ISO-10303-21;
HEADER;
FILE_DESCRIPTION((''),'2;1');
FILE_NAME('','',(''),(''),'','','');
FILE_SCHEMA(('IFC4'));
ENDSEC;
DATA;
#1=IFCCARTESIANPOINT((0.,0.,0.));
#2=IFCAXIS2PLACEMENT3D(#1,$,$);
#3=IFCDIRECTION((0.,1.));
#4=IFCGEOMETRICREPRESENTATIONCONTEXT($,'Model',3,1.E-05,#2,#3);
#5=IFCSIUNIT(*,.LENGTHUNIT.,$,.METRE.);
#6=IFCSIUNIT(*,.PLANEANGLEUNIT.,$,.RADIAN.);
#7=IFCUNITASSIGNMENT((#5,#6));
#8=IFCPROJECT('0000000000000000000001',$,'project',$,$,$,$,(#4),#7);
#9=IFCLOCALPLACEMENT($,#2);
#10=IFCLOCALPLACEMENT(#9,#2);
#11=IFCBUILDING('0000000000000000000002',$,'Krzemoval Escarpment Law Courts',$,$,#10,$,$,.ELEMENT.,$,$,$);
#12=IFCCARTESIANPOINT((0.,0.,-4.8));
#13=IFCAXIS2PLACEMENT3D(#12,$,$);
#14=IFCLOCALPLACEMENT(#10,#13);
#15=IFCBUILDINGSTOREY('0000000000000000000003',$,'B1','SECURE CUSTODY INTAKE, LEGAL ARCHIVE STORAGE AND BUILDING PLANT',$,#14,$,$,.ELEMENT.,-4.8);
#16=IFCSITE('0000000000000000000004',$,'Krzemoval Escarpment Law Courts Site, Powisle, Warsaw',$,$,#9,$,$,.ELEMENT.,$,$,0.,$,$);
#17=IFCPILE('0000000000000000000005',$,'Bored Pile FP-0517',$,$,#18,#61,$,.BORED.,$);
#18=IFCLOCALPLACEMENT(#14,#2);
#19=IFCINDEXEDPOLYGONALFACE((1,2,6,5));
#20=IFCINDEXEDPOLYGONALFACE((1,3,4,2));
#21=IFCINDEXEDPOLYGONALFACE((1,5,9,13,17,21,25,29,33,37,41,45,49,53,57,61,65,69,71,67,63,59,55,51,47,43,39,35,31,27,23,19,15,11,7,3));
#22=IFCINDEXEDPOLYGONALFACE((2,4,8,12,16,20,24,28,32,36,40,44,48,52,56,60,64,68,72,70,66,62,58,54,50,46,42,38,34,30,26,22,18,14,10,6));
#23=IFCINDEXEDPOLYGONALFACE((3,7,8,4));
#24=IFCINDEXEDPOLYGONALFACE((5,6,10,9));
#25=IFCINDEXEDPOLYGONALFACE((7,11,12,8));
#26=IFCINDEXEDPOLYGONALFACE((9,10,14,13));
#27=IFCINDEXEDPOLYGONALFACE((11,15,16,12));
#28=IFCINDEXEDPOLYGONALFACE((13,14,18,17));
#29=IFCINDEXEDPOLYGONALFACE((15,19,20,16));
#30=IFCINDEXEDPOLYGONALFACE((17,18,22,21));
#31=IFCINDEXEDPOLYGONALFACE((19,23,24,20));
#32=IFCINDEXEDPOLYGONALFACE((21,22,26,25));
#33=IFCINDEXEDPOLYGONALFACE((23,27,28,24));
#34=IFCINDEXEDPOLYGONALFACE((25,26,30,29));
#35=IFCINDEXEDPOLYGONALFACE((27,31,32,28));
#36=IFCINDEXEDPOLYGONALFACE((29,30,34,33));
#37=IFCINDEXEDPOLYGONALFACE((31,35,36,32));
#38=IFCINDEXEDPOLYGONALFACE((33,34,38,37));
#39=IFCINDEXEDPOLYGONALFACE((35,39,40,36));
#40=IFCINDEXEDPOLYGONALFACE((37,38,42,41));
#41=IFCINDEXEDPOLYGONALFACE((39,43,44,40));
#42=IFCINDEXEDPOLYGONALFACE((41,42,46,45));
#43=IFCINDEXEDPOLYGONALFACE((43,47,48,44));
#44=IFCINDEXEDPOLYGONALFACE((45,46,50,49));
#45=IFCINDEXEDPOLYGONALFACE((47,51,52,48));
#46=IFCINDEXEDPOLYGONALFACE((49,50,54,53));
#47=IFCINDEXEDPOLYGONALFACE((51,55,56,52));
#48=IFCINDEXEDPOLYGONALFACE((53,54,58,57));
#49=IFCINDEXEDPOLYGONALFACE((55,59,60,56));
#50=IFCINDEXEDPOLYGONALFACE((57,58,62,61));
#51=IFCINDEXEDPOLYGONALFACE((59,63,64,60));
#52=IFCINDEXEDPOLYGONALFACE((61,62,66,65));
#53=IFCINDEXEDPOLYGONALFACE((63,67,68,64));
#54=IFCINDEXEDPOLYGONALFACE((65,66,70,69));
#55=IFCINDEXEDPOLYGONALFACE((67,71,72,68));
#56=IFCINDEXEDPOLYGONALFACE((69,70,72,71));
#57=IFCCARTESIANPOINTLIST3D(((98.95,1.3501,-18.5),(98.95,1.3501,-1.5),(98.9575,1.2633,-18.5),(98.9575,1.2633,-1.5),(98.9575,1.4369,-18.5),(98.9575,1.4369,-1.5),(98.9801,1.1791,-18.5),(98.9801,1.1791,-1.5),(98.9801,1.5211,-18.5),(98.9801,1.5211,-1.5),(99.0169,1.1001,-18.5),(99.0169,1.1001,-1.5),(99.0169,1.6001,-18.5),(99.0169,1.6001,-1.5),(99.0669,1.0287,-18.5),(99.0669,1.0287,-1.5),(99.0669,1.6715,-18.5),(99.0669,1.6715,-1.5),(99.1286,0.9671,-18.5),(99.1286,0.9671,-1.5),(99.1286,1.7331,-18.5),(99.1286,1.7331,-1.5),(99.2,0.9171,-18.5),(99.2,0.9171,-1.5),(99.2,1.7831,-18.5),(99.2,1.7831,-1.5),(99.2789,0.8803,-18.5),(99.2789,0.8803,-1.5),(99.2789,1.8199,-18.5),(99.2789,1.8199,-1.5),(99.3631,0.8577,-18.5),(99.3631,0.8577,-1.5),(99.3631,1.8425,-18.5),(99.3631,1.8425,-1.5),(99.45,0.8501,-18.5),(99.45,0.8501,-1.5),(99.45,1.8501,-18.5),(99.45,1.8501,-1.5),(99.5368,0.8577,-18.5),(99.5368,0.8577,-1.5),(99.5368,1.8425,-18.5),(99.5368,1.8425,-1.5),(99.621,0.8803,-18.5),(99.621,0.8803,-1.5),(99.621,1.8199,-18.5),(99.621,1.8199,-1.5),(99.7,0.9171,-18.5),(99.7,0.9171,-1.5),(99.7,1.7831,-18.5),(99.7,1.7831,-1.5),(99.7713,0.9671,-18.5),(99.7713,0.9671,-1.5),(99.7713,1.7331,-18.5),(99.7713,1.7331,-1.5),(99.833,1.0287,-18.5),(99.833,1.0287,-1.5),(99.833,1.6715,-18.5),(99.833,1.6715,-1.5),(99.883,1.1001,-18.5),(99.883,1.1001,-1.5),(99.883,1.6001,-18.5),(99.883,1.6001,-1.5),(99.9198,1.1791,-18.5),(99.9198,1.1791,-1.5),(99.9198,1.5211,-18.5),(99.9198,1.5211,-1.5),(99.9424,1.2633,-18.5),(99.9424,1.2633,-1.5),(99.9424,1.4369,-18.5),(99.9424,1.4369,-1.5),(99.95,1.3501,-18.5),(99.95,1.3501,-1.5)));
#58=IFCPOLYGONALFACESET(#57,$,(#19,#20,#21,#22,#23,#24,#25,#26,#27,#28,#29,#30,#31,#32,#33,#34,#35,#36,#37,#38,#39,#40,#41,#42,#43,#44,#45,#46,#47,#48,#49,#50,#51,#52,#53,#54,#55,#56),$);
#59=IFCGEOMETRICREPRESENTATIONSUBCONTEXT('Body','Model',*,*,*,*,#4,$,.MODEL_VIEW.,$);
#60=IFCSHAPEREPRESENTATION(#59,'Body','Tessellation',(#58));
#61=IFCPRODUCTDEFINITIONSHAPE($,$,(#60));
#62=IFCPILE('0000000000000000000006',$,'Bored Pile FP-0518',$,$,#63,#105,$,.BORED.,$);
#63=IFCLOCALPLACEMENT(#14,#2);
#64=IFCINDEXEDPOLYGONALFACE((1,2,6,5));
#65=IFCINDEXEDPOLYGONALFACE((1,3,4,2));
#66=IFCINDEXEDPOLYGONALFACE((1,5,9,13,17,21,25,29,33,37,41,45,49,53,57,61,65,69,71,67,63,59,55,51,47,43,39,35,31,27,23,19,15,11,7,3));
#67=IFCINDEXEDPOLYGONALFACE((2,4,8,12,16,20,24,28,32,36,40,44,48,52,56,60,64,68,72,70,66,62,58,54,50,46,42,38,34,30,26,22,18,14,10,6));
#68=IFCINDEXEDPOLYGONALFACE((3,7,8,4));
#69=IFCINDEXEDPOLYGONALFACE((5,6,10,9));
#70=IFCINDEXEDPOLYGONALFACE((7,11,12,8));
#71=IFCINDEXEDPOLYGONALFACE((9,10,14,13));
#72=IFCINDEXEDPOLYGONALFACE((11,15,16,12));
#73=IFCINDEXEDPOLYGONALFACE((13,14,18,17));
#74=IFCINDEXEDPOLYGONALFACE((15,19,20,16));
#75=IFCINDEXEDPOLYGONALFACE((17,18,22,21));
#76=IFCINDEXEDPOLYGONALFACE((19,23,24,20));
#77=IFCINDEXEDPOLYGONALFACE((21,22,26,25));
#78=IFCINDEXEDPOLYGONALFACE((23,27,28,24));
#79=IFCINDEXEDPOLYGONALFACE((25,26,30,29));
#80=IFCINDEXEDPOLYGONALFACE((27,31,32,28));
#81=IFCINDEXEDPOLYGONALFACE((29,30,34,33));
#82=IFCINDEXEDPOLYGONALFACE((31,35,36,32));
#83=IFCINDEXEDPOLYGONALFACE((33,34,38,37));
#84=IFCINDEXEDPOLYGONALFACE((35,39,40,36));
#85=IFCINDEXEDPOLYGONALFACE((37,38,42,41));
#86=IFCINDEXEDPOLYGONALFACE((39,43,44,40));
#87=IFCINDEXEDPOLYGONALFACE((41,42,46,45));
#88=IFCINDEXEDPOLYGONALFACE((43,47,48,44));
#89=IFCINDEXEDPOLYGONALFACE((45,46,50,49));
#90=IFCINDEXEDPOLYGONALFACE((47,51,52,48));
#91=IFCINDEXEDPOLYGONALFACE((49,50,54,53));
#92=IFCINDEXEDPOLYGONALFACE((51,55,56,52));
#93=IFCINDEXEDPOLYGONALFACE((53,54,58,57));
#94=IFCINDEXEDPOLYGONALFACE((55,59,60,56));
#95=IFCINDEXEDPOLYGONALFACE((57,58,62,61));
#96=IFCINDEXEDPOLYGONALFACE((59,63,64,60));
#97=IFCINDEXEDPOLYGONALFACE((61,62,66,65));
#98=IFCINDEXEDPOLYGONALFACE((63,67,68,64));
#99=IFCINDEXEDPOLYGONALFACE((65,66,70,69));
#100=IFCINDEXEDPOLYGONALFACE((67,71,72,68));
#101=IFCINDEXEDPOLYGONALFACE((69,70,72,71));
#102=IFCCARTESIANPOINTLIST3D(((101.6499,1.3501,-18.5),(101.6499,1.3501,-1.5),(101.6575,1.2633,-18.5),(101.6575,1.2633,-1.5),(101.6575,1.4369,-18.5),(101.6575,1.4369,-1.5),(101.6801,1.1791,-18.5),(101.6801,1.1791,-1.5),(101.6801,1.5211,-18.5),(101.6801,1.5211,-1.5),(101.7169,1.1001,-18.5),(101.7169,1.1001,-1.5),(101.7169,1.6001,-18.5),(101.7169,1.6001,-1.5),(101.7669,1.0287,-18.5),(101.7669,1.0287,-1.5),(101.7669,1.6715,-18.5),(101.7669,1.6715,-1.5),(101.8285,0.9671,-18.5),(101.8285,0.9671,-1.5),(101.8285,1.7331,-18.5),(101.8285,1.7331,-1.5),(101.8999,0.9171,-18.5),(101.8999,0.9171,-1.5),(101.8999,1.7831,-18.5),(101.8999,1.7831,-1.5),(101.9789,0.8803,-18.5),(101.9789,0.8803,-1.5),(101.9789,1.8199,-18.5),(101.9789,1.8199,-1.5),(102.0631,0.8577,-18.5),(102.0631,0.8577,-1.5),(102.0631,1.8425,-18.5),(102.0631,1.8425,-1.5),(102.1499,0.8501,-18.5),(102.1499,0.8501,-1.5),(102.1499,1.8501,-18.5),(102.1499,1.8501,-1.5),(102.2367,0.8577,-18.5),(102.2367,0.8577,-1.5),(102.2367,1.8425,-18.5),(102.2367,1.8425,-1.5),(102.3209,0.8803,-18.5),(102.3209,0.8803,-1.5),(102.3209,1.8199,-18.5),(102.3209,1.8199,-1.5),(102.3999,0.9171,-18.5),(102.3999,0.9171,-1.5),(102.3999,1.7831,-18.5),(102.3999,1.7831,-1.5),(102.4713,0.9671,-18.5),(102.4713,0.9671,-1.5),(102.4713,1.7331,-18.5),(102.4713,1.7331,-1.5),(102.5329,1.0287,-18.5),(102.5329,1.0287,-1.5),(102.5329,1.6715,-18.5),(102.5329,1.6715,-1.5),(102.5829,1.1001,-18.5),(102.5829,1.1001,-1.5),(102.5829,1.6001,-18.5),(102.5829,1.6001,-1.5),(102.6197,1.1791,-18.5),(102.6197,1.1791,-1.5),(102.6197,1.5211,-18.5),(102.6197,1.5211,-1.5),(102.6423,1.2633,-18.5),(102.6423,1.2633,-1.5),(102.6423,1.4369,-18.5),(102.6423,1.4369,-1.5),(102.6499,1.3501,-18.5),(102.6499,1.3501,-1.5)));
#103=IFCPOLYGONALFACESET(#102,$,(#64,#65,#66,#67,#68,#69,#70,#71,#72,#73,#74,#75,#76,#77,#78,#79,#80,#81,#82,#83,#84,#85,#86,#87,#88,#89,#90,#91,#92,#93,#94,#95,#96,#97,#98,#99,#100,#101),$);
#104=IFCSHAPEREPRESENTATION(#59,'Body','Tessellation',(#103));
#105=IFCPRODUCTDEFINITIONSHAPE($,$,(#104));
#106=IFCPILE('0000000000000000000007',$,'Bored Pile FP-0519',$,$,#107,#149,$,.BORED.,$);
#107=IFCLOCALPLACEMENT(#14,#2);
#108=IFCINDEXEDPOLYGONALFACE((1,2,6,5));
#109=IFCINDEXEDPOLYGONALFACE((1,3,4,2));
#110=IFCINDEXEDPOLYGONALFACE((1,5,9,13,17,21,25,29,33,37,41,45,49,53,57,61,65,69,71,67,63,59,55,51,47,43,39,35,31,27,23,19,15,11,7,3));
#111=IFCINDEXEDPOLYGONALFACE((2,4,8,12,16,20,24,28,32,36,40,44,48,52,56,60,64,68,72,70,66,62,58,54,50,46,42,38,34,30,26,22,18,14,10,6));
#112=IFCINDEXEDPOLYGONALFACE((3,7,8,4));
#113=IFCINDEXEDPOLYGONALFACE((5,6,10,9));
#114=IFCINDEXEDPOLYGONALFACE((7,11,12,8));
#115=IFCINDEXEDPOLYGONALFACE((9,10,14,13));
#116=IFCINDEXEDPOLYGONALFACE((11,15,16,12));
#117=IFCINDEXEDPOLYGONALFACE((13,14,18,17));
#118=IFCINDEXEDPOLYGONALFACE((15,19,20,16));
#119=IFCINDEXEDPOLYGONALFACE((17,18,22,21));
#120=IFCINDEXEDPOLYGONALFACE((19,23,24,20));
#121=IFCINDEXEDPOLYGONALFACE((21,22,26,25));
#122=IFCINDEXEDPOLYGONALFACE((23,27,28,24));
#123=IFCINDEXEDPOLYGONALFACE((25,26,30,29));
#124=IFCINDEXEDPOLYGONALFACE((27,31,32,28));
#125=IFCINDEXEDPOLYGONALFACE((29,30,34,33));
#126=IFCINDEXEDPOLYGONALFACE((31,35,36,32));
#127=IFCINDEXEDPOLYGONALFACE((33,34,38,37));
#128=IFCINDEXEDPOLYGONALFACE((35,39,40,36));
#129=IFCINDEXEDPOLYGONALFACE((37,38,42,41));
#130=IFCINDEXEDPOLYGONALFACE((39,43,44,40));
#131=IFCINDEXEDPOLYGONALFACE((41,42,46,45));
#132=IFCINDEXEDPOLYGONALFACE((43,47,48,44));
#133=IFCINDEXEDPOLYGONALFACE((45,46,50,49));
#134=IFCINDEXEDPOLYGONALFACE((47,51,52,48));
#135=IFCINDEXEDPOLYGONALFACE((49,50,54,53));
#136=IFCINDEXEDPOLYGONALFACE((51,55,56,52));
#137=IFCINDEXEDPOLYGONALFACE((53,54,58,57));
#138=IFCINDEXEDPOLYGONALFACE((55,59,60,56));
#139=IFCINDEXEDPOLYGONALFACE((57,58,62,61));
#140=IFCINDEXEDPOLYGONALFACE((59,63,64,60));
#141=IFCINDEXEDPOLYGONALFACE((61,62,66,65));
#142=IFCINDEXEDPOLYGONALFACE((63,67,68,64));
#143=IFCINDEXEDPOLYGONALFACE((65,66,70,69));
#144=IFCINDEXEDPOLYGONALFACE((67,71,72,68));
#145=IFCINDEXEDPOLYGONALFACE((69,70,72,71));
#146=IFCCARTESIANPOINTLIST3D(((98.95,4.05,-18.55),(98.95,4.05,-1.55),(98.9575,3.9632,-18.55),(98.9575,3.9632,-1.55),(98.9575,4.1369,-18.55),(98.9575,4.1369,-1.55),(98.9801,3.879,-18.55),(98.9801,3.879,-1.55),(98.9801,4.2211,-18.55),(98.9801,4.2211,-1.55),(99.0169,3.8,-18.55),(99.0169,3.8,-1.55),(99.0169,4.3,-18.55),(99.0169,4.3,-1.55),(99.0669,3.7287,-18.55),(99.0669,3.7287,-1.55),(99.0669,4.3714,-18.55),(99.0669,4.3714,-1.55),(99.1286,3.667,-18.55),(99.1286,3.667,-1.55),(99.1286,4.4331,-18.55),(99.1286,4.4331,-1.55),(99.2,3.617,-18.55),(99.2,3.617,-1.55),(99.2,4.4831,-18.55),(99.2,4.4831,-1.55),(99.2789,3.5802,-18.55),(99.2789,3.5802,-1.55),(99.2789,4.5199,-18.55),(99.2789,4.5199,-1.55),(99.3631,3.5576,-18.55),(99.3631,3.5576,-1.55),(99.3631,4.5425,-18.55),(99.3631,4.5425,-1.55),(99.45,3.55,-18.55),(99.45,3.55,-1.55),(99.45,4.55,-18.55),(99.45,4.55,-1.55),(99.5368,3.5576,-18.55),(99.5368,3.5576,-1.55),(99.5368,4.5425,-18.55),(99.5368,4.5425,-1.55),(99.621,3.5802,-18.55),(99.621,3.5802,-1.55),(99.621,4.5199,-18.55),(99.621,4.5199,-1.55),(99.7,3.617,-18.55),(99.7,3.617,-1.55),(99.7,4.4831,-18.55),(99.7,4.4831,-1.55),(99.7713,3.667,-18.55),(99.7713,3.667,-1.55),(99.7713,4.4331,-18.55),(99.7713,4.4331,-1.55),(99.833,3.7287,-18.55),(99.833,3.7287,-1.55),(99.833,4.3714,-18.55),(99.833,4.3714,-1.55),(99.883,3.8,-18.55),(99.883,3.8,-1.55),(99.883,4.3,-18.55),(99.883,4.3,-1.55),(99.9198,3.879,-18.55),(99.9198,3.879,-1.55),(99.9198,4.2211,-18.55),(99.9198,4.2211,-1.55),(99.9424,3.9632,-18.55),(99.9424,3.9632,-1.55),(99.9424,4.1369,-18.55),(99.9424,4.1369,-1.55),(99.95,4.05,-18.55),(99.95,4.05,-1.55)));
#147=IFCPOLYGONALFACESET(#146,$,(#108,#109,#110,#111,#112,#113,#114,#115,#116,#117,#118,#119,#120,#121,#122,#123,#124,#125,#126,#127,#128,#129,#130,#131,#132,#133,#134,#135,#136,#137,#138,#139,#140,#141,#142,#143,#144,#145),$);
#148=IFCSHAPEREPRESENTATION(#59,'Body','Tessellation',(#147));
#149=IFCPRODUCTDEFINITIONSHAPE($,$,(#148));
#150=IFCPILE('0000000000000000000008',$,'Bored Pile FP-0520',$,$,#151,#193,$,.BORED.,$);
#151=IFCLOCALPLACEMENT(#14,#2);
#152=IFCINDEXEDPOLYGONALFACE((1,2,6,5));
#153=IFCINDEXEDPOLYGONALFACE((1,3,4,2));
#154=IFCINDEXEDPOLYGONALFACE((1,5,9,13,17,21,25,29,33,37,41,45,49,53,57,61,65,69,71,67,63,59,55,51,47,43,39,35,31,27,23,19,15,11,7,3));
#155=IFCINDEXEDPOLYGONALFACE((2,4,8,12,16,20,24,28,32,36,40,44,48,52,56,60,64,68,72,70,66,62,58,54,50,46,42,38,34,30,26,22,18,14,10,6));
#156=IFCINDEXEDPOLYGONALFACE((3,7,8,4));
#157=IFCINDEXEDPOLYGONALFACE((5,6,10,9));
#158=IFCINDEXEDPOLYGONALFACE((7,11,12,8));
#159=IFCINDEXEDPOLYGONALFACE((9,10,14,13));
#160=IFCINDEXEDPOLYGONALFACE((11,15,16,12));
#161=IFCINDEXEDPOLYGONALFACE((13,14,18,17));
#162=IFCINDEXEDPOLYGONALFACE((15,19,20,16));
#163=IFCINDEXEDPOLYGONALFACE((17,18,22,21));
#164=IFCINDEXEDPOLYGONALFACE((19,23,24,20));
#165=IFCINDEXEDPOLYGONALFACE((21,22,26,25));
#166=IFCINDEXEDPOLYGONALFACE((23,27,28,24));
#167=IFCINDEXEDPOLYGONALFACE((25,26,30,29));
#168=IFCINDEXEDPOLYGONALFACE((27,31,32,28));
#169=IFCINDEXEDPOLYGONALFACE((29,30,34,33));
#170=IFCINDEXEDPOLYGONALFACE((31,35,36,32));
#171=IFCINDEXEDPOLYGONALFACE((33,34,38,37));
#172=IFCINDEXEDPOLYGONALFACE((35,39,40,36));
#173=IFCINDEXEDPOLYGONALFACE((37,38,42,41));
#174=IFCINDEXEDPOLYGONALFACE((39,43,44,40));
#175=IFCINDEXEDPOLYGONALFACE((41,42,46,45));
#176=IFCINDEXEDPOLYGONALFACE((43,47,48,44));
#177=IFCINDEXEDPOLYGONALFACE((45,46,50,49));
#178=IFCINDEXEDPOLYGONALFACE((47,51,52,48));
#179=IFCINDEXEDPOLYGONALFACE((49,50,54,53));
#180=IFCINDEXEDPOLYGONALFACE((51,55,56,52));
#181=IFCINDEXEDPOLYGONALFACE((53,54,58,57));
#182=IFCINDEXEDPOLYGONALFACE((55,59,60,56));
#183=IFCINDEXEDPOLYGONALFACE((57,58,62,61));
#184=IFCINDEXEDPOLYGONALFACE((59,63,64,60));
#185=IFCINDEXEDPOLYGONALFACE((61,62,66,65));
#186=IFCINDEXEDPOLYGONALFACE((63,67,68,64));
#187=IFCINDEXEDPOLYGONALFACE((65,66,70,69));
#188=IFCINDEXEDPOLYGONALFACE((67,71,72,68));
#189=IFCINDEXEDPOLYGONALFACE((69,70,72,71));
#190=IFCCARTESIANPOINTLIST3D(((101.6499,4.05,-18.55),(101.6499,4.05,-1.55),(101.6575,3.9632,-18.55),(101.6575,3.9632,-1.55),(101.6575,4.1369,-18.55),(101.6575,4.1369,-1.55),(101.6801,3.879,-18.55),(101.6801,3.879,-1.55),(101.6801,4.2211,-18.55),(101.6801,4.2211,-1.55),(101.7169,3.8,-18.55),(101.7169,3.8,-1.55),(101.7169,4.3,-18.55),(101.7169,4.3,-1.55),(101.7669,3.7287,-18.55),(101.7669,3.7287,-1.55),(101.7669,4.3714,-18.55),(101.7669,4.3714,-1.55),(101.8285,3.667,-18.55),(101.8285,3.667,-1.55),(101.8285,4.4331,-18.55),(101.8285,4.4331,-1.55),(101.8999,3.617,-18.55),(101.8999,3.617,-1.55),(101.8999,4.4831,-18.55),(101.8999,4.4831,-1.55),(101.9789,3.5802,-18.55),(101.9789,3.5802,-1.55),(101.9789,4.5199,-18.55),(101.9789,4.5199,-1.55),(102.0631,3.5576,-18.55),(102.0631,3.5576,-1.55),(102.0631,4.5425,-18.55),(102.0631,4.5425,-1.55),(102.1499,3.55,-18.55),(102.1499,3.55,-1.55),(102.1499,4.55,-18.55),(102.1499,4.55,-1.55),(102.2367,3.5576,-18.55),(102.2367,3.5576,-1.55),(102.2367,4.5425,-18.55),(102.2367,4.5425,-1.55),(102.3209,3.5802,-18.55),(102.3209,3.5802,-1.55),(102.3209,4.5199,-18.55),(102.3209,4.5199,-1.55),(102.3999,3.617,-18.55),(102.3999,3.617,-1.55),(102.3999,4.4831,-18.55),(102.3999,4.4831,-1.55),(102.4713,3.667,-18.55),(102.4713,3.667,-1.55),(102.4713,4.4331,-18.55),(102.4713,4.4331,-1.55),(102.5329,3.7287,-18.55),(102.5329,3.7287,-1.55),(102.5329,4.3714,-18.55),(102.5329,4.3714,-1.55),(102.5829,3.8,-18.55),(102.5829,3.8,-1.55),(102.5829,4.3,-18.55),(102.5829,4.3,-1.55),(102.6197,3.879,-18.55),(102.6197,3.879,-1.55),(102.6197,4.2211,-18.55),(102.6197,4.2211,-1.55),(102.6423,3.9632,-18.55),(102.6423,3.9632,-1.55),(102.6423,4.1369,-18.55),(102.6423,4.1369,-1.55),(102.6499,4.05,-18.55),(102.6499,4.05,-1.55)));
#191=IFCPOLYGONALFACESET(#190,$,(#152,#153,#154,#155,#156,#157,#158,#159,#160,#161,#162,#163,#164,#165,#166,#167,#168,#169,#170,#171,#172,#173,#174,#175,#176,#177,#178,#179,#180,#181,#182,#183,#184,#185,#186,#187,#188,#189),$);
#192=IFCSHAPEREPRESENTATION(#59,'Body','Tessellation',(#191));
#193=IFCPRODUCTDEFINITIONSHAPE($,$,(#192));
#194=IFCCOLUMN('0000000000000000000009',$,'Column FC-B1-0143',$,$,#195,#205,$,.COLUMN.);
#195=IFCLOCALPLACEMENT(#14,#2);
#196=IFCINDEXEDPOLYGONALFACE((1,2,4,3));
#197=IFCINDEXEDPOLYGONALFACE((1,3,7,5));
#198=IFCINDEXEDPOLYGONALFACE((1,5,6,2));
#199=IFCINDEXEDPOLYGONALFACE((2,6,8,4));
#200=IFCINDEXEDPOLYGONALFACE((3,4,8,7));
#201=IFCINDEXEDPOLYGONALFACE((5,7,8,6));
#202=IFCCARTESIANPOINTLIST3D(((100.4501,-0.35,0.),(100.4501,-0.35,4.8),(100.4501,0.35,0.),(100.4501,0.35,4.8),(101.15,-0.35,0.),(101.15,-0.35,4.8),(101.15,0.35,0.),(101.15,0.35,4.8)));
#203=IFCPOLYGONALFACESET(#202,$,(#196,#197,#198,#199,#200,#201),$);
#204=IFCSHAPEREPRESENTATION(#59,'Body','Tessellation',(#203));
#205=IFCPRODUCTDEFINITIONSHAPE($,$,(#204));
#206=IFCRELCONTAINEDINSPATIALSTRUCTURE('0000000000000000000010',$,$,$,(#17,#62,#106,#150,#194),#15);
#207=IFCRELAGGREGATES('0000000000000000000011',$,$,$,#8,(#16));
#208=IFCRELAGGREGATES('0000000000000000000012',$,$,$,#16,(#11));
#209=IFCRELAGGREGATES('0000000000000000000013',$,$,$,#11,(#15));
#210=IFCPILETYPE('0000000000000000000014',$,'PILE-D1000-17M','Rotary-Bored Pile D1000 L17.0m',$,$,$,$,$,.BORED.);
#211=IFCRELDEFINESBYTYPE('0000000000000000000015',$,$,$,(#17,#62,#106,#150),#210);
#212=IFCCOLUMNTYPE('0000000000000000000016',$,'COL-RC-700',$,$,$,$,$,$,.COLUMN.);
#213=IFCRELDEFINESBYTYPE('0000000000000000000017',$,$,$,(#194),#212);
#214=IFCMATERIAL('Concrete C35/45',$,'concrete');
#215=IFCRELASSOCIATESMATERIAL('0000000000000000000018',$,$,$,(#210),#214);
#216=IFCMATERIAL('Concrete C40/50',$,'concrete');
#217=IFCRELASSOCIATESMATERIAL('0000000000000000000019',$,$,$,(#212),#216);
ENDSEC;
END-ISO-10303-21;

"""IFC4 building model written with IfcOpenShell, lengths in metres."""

from ifc_helpers import new_model, si_unit, direction, frame, origin, origin_2d, place, context, subcontext, project, spatial, rectangle, circle, extrude, material, material_profile, profile_set, type_object, element, save


model = new_model("IFC4")

# Units and contexts
model_context = context("Model", 3, precision=1e-05, world=origin(), true_north=direction((0.0, 1.0)))
body_context = subcontext(model_context, "Body", "Model", "MODEL_VIEW")
ifc_project = project(units=[si_unit("LENGTHUNIT", "METRE"), si_unit("PLANEANGLEUNIT", "RADIAN")], contexts=[model_context])

# Site, building, storey
site_placement = place(None, origin())
site = spatial("IfcSite", under=ifc_project, at=site_placement, Name="Krzemoval Escarpment Law Courts Site, Powisle, Warsaw", CompositionType="ELEMENT", RefElevation=0.0)
building_placement = place(site_placement, origin())
building = spatial("IfcBuilding", under=site, at=building_placement, Name="Krzemoval Escarpment Law Courts", CompositionType="ELEMENT")
storey_placement = place(building_placement, frame((0.0, 0.0, -4.8)))
storey = spatial("IfcBuildingStorey", under=building, at=storey_placement, Name="B1", Description="SECURE CUSTODY INTAKE, LEGAL ARCHIVE STORAGE AND BUILDING PLANT", CompositionType="ELEMENT", Elevation=-4.8)

# Piles
ifc_material_1 = material(Name="Concrete C35/45", Category="concrete")
ifc_material_profile_1 = material_profile(ifc_material_1, circle(Radius=0.5, at=origin_2d()), Name="PILE D1000")
ifc_profile_set_1 = profile_set([ifc_material_profile_1], Name="Concrete C35/45")
pile_type = type_object("IfcPileType", Name="PILE-D1000-17M", Description="Rotary-Bored Pile D1000 L17.0m", PredefinedType="BORED", material=ifc_profile_set_1)
for number, where, z_axis, x_axis, name in (
    (1, (99.45, 1.3501, -1.5), (0.0, 0.0, -1.0), (1.0, 0.0, 0.0), "Bored Pile FP-0517"),
    (2, (102.1499, 1.3501, -1.5), (0.0, 0.0, -1.0), (1.0, 0.0, 0.0), "Bored Pile FP-0518"),
    (3, (99.45, 4.05, -1.55), (0.0, 0.0, -1.0), (1.0, 0.0, 0.0), "Bored Pile FP-0519"),
    (4, (102.1499, 4.05, -1.55), (0.0, 0.0, -1.0), (1.0, 0.0, 0.0), "Bored Pile FP-0520"),
):
    element("IfcPile", number, at=place(storey_placement, frame(where, z_axis=z_axis, x_axis=x_axis)), inside=storey, type_object=pile_type, Name=name, PredefinedType="BORED", context=body_context, shape_type="SweptSolid", body=[
        extrude(circle(Radius=0.5, at=origin_2d()), origin(), (0.0, 0.0, 1.0), 17.0),
    ])

# Column
ifc_material_2 = material(Name="Concrete C40/50", Category="concrete")
ifc_material_profile_2 = material_profile(ifc_material_2, rectangle(XDim=0.7, YDim=0.7, at=origin_2d()), Name="RC 700x700")
ifc_profile_set_2 = profile_set([ifc_material_profile_2], Name="Concrete C40/50")
column_type_1 = type_object("IfcColumnType", Name="COL-RC-700", PredefinedType="COLUMN", material=ifc_profile_set_2)
column_1_placement = place(storey_placement, frame((100.8, 0.0, 0.0), z_axis=(0.0, 0.0, 1.0), x_axis=(1.0, 0.0, 0.0)))
element("IfcColumn", 5, at=column_1_placement, inside=storey, type_object=column_type_1, Name="Column FC-B1-0143", PredefinedType="COLUMN", context=body_context, shape_type="SweptSolid", body=[
    extrude(rectangle(XDim=0.7, YDim=0.7, at=origin_2d()), origin(), (0.0, 0.0, 1.0), 4.8),
])

save(model, "model.ifc")
